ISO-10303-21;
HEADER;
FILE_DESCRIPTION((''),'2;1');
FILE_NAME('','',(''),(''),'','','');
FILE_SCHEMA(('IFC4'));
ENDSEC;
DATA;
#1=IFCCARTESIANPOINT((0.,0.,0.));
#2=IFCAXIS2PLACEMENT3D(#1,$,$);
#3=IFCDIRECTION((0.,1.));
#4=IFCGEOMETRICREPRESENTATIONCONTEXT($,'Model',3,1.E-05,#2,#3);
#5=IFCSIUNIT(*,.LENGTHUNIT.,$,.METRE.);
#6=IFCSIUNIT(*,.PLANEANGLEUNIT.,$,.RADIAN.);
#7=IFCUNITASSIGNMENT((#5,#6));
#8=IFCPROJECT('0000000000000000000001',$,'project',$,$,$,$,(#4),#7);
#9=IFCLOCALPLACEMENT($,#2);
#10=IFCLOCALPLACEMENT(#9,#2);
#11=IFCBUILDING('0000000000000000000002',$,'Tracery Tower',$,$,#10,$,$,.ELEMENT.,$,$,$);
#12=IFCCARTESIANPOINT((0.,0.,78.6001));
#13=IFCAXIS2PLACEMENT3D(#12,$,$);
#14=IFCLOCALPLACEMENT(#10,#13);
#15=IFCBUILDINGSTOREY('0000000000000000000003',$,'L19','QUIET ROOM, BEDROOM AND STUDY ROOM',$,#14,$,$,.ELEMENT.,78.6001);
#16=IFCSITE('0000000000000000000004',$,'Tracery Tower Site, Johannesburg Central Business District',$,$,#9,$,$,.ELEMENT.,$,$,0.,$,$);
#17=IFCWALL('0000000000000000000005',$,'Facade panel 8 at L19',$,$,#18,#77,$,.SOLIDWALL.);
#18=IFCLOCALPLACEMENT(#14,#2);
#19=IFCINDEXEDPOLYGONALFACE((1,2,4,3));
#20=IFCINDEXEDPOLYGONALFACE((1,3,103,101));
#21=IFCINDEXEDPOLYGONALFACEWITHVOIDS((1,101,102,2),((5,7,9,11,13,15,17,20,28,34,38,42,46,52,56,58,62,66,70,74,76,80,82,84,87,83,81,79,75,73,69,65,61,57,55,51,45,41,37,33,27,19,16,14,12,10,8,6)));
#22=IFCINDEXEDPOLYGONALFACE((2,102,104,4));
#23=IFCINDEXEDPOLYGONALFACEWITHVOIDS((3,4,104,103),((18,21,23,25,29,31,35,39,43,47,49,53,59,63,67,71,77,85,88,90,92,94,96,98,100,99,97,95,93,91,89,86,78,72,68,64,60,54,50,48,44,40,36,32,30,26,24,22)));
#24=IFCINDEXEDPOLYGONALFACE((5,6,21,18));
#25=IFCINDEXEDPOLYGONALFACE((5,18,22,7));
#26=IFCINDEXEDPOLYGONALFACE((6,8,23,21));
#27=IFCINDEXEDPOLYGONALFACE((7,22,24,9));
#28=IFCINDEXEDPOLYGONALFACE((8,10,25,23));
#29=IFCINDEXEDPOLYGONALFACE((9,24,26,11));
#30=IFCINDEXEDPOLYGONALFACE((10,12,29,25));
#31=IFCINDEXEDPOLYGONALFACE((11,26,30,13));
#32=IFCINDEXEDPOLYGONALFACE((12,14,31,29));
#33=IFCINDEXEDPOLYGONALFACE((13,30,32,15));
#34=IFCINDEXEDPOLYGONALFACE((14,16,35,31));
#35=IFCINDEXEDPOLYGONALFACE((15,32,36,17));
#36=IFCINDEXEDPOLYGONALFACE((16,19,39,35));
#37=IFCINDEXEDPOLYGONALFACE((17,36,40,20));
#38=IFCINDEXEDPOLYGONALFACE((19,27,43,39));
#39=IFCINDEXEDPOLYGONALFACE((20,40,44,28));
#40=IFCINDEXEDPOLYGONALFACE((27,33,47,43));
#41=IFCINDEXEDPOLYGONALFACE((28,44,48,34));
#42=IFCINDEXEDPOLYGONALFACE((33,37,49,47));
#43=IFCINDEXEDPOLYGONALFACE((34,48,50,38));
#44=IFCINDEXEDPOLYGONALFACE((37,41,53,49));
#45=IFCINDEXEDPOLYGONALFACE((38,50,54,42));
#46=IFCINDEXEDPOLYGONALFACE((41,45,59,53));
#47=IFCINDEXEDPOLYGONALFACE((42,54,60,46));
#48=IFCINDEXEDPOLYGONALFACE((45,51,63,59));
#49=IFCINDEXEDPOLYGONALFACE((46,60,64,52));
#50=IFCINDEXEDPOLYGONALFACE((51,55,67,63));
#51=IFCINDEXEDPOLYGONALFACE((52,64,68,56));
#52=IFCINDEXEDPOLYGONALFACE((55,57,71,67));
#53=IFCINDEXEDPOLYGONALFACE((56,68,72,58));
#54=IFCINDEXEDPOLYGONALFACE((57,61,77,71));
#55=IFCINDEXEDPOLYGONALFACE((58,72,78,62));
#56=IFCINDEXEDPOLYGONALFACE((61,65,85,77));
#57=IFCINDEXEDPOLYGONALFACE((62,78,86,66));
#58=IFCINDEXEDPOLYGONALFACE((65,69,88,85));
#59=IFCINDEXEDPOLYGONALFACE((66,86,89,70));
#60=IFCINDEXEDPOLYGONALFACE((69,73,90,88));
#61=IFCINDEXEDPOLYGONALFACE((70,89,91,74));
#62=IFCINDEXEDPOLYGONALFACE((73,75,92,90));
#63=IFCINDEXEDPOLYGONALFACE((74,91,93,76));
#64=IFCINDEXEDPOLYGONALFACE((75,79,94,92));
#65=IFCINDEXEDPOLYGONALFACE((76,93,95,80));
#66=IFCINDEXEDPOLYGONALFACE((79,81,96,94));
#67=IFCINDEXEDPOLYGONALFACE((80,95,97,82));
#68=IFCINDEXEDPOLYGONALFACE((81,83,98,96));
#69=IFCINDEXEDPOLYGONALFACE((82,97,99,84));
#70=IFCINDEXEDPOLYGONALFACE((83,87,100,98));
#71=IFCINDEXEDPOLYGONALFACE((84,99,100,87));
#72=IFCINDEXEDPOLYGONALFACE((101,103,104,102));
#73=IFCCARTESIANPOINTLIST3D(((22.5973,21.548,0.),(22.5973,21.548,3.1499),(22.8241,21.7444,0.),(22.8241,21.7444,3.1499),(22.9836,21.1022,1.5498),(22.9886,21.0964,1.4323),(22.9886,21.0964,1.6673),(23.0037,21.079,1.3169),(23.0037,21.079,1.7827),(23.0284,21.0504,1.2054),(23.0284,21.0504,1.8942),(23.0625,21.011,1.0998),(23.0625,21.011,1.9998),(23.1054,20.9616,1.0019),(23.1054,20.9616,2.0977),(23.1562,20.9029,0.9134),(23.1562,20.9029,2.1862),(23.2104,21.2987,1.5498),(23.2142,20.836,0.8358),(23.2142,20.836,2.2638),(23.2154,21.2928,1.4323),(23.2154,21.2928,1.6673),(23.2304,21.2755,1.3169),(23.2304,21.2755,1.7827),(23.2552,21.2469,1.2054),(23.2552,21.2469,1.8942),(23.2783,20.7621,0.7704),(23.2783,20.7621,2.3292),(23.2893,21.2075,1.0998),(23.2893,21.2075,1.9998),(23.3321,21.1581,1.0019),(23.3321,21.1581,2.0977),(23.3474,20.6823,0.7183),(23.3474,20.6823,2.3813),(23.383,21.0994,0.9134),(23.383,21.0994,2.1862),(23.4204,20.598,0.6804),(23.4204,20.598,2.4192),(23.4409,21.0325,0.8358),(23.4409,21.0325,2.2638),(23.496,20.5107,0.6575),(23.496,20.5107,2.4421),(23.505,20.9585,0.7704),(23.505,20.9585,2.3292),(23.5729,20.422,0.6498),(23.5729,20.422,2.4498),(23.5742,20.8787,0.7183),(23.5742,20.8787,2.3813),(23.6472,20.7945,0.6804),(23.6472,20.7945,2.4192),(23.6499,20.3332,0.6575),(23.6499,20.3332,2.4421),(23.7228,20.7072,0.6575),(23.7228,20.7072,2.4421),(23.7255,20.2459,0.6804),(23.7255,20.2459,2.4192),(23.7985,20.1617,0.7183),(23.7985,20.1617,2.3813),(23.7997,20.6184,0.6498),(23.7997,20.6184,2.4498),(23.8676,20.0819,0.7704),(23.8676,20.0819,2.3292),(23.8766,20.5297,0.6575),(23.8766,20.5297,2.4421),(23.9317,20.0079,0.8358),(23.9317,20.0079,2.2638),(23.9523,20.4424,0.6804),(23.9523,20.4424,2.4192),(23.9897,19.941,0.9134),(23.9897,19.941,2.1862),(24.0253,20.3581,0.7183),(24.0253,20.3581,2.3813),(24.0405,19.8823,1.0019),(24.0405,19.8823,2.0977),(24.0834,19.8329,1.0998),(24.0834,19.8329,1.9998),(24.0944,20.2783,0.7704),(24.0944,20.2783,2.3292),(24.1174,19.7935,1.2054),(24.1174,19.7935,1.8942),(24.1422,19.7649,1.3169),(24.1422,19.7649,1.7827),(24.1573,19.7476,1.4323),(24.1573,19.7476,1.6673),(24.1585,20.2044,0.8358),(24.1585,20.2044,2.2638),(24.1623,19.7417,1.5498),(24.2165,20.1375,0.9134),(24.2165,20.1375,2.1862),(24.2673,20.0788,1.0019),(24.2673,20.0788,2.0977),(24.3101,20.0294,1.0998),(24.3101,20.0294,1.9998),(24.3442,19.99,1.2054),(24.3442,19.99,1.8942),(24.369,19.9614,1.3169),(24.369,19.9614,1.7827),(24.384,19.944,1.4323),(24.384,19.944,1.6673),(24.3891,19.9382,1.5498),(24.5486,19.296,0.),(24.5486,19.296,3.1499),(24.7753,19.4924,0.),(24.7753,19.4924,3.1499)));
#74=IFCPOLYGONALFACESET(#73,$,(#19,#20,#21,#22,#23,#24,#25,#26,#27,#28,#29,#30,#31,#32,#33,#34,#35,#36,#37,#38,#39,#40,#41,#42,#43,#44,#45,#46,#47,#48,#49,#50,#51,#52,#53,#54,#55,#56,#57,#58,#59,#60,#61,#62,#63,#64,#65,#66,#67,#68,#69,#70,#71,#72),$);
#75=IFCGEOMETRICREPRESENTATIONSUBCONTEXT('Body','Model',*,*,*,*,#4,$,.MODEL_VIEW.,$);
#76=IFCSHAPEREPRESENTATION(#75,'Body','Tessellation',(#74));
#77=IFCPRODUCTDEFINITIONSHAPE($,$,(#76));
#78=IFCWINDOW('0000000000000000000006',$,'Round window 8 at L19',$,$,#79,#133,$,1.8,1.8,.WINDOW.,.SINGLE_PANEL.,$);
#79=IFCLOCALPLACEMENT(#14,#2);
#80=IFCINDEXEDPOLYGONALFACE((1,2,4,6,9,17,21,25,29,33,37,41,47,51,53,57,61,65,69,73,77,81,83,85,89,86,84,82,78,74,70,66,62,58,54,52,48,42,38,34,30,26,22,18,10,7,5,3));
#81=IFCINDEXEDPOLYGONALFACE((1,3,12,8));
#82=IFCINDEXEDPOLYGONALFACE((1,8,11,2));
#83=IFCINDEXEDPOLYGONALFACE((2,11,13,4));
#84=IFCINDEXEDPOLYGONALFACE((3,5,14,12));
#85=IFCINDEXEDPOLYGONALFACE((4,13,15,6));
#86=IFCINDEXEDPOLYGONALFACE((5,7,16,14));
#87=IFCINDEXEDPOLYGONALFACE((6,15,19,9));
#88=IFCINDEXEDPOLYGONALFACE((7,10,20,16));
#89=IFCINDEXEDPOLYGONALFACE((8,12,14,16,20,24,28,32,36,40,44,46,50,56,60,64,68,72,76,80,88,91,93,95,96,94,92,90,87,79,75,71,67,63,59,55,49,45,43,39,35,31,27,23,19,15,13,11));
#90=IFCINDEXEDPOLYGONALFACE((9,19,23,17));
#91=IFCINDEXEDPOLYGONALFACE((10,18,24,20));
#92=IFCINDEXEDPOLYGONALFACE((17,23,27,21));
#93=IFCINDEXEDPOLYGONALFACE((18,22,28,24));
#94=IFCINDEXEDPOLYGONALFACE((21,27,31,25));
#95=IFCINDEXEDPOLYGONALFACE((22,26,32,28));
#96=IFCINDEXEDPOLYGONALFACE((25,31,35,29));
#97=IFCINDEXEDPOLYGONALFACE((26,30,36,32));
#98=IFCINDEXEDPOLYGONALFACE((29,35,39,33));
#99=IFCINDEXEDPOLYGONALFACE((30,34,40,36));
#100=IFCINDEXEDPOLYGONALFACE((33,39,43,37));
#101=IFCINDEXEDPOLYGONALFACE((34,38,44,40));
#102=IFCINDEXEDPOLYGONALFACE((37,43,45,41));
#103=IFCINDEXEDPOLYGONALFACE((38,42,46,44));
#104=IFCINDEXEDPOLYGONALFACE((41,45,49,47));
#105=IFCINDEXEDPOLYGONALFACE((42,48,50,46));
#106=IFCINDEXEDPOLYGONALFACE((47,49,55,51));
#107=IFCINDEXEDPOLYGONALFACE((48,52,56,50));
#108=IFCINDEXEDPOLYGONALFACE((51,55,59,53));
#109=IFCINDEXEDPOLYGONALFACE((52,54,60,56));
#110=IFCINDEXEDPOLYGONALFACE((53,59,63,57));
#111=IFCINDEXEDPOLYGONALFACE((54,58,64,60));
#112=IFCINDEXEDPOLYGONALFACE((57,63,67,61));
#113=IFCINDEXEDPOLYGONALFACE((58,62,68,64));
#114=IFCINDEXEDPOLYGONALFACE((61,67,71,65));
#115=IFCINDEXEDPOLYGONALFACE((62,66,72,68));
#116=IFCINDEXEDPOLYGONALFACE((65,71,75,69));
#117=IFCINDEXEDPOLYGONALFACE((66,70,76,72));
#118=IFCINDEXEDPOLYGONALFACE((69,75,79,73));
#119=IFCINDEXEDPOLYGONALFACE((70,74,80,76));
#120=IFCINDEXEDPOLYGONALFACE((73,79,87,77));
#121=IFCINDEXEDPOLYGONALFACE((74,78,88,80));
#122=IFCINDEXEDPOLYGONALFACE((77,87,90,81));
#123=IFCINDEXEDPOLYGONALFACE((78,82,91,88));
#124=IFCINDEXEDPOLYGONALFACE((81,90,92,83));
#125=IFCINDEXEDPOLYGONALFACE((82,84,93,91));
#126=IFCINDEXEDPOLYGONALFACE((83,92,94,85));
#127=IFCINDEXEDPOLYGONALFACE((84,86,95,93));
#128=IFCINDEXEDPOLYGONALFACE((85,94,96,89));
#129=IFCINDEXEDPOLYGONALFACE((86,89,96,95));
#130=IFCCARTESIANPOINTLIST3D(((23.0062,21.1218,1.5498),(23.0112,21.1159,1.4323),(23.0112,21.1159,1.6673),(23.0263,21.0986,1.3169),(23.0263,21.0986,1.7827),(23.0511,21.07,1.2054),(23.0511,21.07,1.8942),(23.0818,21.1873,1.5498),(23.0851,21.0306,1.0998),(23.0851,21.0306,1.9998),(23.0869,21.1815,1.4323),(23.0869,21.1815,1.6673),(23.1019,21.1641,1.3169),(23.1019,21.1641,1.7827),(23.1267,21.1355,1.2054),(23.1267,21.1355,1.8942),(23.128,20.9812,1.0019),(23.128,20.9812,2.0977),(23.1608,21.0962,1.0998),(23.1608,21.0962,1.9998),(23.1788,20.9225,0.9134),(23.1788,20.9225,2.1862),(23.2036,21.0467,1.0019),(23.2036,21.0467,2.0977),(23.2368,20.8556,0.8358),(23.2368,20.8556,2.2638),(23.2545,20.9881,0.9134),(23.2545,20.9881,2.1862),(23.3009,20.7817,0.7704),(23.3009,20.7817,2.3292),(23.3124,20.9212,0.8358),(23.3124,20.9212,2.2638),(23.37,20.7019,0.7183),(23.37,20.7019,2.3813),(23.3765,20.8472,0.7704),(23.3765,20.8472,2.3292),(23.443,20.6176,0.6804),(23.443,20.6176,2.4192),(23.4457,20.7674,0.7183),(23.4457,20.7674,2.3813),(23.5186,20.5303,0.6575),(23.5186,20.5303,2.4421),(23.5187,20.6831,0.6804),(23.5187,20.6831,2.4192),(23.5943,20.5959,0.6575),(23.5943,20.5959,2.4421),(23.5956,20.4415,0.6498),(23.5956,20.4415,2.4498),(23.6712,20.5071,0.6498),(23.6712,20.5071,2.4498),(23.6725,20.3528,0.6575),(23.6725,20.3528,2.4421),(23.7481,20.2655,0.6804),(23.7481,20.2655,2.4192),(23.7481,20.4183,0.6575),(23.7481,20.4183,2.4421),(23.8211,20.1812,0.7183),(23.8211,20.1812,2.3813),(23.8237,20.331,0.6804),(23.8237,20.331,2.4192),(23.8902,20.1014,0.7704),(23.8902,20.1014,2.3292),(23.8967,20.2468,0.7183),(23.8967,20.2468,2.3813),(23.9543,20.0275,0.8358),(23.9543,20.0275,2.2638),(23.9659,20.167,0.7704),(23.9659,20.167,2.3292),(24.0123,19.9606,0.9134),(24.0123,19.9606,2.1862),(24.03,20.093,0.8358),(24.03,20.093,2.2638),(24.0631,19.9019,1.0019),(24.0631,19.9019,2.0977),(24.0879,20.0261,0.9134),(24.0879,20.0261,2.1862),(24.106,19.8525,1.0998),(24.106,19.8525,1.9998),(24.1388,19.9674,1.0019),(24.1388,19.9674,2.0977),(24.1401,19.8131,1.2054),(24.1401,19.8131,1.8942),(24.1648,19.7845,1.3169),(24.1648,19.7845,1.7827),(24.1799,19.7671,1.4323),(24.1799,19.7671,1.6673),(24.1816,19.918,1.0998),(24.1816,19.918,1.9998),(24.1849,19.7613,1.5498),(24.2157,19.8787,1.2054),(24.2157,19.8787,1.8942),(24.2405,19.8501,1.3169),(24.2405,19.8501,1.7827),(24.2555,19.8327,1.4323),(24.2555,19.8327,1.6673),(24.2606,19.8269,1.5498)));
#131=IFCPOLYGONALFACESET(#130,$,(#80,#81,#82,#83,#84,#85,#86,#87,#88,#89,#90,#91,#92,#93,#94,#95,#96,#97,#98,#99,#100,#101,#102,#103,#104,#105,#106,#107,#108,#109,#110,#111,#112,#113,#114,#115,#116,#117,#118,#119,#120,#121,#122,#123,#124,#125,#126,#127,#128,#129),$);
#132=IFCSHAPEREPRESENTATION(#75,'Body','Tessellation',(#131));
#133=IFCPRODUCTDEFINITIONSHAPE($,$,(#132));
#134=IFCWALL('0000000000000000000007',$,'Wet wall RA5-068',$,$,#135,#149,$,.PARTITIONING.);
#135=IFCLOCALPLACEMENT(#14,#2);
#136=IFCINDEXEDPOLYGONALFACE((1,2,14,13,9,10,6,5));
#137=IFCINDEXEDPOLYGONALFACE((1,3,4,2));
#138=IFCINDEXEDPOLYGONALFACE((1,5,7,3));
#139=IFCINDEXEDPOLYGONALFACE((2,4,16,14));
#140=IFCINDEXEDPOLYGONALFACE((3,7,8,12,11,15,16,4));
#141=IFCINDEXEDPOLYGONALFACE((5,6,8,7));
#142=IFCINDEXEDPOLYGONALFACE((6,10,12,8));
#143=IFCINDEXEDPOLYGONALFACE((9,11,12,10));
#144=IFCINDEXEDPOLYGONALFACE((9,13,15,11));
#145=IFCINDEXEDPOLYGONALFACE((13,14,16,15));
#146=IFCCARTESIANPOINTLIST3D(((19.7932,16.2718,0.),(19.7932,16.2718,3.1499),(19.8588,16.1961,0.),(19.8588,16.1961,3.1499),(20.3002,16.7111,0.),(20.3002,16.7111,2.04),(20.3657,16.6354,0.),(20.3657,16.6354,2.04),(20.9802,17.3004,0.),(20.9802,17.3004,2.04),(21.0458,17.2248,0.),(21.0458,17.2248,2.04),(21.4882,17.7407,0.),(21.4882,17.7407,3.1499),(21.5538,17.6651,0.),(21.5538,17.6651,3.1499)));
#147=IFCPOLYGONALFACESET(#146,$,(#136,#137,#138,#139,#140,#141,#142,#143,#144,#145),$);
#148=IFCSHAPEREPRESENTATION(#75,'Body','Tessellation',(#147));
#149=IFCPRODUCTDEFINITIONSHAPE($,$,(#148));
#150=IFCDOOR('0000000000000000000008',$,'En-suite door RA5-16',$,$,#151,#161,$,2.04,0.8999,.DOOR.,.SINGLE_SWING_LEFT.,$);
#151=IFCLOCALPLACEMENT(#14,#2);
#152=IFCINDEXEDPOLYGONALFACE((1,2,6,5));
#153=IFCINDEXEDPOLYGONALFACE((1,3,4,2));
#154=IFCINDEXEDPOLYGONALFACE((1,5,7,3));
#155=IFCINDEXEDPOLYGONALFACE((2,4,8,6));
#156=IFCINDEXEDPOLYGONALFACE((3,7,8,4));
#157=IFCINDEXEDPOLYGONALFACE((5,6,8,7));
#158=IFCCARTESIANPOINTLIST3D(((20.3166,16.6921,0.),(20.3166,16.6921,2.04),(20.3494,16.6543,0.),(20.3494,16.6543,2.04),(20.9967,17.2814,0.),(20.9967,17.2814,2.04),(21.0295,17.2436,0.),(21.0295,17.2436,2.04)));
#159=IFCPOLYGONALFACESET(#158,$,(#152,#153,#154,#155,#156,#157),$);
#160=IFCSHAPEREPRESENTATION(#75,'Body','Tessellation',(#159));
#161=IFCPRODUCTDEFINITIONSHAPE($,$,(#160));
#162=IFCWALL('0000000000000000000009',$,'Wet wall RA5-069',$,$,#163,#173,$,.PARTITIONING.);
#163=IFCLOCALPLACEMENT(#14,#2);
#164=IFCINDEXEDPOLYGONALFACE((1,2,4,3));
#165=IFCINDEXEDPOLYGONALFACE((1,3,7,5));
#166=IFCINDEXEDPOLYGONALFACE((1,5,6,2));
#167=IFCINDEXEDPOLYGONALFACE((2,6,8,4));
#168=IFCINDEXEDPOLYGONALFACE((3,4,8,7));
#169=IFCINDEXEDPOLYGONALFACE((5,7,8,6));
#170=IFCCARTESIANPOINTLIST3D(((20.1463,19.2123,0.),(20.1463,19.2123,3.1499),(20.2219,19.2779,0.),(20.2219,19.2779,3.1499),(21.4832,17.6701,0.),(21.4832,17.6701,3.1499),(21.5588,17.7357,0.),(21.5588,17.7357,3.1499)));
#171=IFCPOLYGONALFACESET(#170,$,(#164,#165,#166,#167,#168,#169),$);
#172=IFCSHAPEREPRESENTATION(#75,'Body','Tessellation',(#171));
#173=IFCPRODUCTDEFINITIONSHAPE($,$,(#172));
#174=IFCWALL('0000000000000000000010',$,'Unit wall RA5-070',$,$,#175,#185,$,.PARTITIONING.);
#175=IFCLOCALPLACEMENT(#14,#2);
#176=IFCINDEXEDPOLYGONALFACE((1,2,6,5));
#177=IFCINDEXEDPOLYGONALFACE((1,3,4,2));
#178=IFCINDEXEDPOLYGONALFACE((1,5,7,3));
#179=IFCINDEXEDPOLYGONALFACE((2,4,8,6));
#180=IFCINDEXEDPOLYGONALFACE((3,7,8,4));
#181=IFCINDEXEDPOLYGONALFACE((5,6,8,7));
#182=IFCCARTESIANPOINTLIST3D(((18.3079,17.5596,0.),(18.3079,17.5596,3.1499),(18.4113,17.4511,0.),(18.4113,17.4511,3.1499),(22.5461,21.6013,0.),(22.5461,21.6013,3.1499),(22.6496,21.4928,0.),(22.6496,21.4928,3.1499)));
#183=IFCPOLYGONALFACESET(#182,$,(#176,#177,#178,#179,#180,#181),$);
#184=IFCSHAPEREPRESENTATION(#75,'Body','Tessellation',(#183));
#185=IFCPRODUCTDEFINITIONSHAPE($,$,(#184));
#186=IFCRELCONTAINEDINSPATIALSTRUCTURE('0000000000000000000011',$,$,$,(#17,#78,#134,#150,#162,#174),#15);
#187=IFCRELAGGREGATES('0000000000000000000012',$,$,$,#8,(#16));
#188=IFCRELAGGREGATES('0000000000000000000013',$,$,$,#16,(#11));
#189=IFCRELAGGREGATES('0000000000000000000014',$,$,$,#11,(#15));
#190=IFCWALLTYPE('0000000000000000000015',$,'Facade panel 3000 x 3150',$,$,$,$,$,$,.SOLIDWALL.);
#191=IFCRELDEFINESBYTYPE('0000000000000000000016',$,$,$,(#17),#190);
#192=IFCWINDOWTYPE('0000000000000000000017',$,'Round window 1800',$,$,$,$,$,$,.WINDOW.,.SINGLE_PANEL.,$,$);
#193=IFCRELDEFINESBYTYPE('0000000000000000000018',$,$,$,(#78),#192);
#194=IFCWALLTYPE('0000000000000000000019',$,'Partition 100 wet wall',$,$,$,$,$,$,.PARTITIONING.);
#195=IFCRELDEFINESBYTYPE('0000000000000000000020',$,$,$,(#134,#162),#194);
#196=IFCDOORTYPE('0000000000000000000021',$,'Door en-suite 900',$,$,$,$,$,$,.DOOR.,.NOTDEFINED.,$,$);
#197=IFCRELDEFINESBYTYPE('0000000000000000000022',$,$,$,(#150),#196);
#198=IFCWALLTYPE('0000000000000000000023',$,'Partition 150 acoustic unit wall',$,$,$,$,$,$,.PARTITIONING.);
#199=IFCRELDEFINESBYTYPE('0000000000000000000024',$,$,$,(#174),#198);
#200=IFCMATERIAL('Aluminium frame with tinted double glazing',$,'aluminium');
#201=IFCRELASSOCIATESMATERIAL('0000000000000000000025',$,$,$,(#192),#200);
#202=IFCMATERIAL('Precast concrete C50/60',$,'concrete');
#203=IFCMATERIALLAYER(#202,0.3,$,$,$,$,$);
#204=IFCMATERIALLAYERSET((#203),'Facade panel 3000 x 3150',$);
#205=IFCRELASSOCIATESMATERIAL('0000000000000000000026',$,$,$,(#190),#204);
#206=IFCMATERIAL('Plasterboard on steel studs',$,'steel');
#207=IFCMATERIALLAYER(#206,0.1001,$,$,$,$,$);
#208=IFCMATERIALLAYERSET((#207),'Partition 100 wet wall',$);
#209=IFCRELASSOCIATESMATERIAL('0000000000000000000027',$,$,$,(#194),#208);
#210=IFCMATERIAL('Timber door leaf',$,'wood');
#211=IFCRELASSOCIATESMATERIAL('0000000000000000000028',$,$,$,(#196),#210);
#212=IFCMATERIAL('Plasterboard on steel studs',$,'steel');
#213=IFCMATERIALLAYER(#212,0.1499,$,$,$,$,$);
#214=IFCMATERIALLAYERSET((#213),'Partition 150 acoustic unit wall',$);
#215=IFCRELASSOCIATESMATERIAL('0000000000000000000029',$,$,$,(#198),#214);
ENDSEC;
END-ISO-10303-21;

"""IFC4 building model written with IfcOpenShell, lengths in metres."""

from ifc_helpers import new_model, si_unit, direction, frame, frame_2d, origin, origin_2d, place, context, subcontext, project, spatial, rectangle, circle, extrude, material, layer, layer_set, type_object, element, fill, save


model = new_model("IFC4")

# Units and contexts
model_context = context("Model", 3, precision=1e-05, world=origin(), true_north=direction((0.0, 1.0)))
body_context = subcontext(model_context, "Body", "Model", "MODEL_VIEW")
ifc_project = project(units=[si_unit("LENGTHUNIT", "METRE"), si_unit("PLANEANGLEUNIT", "RADIAN")], contexts=[model_context])

# Site, building, storey
site_placement = place(None, origin())
site = spatial("IfcSite", under=ifc_project, at=site_placement, Name="Tracery Tower Site, Johannesburg Central Business District", CompositionType="ELEMENT", RefElevation=0.0)
building_placement = place(site_placement, origin())
building = spatial("IfcBuilding", under=site, at=building_placement, Name="Tracery Tower", CompositionType="ELEMENT")
storey_placement = place(building_placement, frame((0.0, 0.0, 78.6001)))
storey = spatial("IfcBuildingStorey", under=building, at=storey_placement, Name="L19", Description="QUIET ROOM, BEDROOM AND STUDY ROOM", CompositionType="ELEMENT", Elevation=78.6001)

# Wall, opening, window
ifc_material_1 = material(Name="Aluminium frame with tinted double glazing", Category="aluminium")
window_type = type_object("IfcWindowType", Name="Round window 1800", PartitioningType="SINGLE_PANEL", PredefinedType="WINDOW", material=ifc_material_1)
ifc_material_2 = material(Name="Precast concrete C50/60", Category="concrete")
ifc_layer_1 = layer(ifc_material_2, 0.3)
ifc_layer_set_1 = layer_set([ifc_layer_1], Name="Facade panel 3000 x 3150")
wall_type_1 = type_object("IfcWallType", Name="Facade panel 3000 x 3150", PredefinedType="SOLIDWALL", material=ifc_layer_set_1)
wall_1_placement = place(storey_placement, frame((24.6619, 19.3943, 0.0), z_axis=(0.0, 0.0, 1.0), x_axis=(-0.654831, 0.755776, 0.0)))
wall_1 = element("IfcWall", 1, at=wall_1_placement, inside=storey, type_object=wall_type_1, Name="Facade panel 8 at L19", PredefinedType="SOLIDWALL", context=body_context, shape_type="SweptSolid", body=[
    extrude(rectangle(XDim=2.9797, YDim=0.3, at=frame_2d((1.4897, 0.0))), origin(), (0.0, 0.0, 1.0), 3.1499),
])
opening_1_placement = place(wall_1_placement, frame((1.4897, 0.0, 1.5498)))
opening_1 = element("IfcOpeningElement", 2, at=opening_1_placement, cuts=wall_1, PredefinedType="OPENING", context=body_context, shape_type="SweptSolid", body=[
    extrude(circle(Radius=0.9, at=origin_2d()), frame((0.0, 0.1599, 0.0), z_axis=(0.0, -1.0, 0.0), x_axis=(1.0, 0.0, 0.0)), (0.0, 0.0, 1.0), 0.3201),
])
window_1_placement = place(opening_1_placement, origin())
window_1 = element("IfcWindow", 3, at=window_1_placement, inside=storey, type_object=window_type, Name="Round window 8 at L19", OverallHeight=1.8, OverallWidth=1.8, PartitioningType="SINGLE_PANEL", PredefinedType="WINDOW", context=body_context, shape_type="SweptSolid", body=[
    extrude(circle(Radius=0.9, at=origin_2d()), frame((0.0, 0.1201, 0.0), z_axis=(0.0, -1.0, 0.0), x_axis=(1.0, 0.0, 0.0)), (0.0, 0.0, 1.0), 0.1001),
])
fill(opening_1, window_1)

# Wall, opening, door
ifc_material_3 = material(Name="Plasterboard on steel studs", Category="steel")
ifc_layer_2 = layer(ifc_material_3, 0.1001)
ifc_layer_set_2 = layer_set([ifc_layer_2], Name="Partition 100 wet wall")
wall_type_2 = type_object("IfcWallType", Name="Partition 100 wet wall", PredefinedType="PARTITIONING", material=ifc_layer_set_2)
wall_2_placement = place(storey_placement, frame((19.8259, 16.2339, 0.0), z_axis=(0.0, 0.0, 1.0), x_axis=(0.755703, 0.654914, 0.0)))
wall_2 = element("IfcWall", 4, at=wall_2_placement, inside=storey, type_object=wall_type_2, Name="Wet wall RA5-068", PredefinedType="PARTITIONING", context=body_context, shape_type="SweptSolid", body=[
    extrude(rectangle(XDim=2.2429, YDim=0.1001, at=frame_2d((1.1216, 0.0))), origin(), (0.0, 0.0, 1.0), 3.1499),
])
opening_2_placement = place(wall_2_placement, frame((0.6709, 0.0, 0.0)))
opening_2 = element("IfcOpeningElement", 5, at=opening_2_placement, cuts=wall_2, PredefinedType="OPENING", context=body_context, shape_type="SweptSolid", body=[
    extrude(rectangle(XDim=0.8999, YDim=2.04, at=frame_2d((0.45, 1.02))), frame((0.0, 0.05, 0.0), z_axis=(0.0, -1.0, 0.0), x_axis=(1.0, 0.0, 0.0)), (0.0, 0.0, 1.0), 0.1001),
])
ifc_material_4 = material(Name="Timber door leaf", Category="wood")
door_type = type_object("IfcDoorType", Name="Door en-suite 900", OperationType="NOTDEFINED", PredefinedType="DOOR", material=ifc_material_4)
door_placement = place(opening_2_placement, origin())
door = element("IfcDoor", 6, at=door_placement, inside=storey, type_object=door_type, Name="En-suite door RA5-16", OperationType="SINGLE_SWING_LEFT", OverallHeight=2.04, OverallWidth=0.8999, PredefinedType="DOOR", context=body_context, shape_type="SweptSolid", body=[
    extrude(rectangle(XDim=0.8999, YDim=2.04, at=frame_2d((0.45, 1.02))), frame((0.0, 0.0249, 0.0), z_axis=(0.0, -1.0, 0.0), x_axis=(1.0, 0.0, 0.0)), (0.0, 0.0, 1.0), 0.05),
])
fill(opening_2, door)

# Walls
wall_3_placement = place(storey_placement, frame((20.1841, 19.2451, 0.0), z_axis=(0.0, 0.0, 1.0), x_axis=(0.655017, -0.755614, 0.0)))
element("IfcWall", 7, at=wall_3_placement, inside=storey, type_object=wall_type_2, Name="Wet wall RA5-069", PredefinedType="PARTITIONING", context=body_context, shape_type="SweptSolid", body=[
    extrude(rectangle(XDim=2.041, YDim=0.1001, at=frame_2d((1.0205, 0.0))), origin(), (0.0, 0.0, 1.0), 3.1499),
])
ifc_material_5 = material(Name="Plasterboard on steel studs", Category="steel")
ifc_layer_3 = layer(ifc_material_5, 0.1499)
ifc_layer_set_3 = layer_set([ifc_layer_3], Name="Partition 150 acoustic unit wall")
wall_type_3 = type_object("IfcWallType", Name="Partition 150 acoustic unit wall", PredefinedType="PARTITIONING", material=ifc_layer_set_3)
wall_4_placement = place(storey_placement, frame((18.3596, 17.5054, 0.0), z_axis=(0.0, 0.0, 1.0), x_axis=(0.723687, 0.690129, 0.0)))
element("IfcWall", 8, at=wall_4_placement, inside=storey, type_object=wall_type_3, Name="Unit wall RA5-070", PredefinedType="PARTITIONING", context=body_context, shape_type="SweptSolid", body=[
    extrude(rectangle(XDim=5.8564, YDim=0.1499, at=frame_2d((2.9282, 0.0))), origin(), (0.0, 0.0, 1.0), 3.1499),
])

save(model, "model.ifc")
